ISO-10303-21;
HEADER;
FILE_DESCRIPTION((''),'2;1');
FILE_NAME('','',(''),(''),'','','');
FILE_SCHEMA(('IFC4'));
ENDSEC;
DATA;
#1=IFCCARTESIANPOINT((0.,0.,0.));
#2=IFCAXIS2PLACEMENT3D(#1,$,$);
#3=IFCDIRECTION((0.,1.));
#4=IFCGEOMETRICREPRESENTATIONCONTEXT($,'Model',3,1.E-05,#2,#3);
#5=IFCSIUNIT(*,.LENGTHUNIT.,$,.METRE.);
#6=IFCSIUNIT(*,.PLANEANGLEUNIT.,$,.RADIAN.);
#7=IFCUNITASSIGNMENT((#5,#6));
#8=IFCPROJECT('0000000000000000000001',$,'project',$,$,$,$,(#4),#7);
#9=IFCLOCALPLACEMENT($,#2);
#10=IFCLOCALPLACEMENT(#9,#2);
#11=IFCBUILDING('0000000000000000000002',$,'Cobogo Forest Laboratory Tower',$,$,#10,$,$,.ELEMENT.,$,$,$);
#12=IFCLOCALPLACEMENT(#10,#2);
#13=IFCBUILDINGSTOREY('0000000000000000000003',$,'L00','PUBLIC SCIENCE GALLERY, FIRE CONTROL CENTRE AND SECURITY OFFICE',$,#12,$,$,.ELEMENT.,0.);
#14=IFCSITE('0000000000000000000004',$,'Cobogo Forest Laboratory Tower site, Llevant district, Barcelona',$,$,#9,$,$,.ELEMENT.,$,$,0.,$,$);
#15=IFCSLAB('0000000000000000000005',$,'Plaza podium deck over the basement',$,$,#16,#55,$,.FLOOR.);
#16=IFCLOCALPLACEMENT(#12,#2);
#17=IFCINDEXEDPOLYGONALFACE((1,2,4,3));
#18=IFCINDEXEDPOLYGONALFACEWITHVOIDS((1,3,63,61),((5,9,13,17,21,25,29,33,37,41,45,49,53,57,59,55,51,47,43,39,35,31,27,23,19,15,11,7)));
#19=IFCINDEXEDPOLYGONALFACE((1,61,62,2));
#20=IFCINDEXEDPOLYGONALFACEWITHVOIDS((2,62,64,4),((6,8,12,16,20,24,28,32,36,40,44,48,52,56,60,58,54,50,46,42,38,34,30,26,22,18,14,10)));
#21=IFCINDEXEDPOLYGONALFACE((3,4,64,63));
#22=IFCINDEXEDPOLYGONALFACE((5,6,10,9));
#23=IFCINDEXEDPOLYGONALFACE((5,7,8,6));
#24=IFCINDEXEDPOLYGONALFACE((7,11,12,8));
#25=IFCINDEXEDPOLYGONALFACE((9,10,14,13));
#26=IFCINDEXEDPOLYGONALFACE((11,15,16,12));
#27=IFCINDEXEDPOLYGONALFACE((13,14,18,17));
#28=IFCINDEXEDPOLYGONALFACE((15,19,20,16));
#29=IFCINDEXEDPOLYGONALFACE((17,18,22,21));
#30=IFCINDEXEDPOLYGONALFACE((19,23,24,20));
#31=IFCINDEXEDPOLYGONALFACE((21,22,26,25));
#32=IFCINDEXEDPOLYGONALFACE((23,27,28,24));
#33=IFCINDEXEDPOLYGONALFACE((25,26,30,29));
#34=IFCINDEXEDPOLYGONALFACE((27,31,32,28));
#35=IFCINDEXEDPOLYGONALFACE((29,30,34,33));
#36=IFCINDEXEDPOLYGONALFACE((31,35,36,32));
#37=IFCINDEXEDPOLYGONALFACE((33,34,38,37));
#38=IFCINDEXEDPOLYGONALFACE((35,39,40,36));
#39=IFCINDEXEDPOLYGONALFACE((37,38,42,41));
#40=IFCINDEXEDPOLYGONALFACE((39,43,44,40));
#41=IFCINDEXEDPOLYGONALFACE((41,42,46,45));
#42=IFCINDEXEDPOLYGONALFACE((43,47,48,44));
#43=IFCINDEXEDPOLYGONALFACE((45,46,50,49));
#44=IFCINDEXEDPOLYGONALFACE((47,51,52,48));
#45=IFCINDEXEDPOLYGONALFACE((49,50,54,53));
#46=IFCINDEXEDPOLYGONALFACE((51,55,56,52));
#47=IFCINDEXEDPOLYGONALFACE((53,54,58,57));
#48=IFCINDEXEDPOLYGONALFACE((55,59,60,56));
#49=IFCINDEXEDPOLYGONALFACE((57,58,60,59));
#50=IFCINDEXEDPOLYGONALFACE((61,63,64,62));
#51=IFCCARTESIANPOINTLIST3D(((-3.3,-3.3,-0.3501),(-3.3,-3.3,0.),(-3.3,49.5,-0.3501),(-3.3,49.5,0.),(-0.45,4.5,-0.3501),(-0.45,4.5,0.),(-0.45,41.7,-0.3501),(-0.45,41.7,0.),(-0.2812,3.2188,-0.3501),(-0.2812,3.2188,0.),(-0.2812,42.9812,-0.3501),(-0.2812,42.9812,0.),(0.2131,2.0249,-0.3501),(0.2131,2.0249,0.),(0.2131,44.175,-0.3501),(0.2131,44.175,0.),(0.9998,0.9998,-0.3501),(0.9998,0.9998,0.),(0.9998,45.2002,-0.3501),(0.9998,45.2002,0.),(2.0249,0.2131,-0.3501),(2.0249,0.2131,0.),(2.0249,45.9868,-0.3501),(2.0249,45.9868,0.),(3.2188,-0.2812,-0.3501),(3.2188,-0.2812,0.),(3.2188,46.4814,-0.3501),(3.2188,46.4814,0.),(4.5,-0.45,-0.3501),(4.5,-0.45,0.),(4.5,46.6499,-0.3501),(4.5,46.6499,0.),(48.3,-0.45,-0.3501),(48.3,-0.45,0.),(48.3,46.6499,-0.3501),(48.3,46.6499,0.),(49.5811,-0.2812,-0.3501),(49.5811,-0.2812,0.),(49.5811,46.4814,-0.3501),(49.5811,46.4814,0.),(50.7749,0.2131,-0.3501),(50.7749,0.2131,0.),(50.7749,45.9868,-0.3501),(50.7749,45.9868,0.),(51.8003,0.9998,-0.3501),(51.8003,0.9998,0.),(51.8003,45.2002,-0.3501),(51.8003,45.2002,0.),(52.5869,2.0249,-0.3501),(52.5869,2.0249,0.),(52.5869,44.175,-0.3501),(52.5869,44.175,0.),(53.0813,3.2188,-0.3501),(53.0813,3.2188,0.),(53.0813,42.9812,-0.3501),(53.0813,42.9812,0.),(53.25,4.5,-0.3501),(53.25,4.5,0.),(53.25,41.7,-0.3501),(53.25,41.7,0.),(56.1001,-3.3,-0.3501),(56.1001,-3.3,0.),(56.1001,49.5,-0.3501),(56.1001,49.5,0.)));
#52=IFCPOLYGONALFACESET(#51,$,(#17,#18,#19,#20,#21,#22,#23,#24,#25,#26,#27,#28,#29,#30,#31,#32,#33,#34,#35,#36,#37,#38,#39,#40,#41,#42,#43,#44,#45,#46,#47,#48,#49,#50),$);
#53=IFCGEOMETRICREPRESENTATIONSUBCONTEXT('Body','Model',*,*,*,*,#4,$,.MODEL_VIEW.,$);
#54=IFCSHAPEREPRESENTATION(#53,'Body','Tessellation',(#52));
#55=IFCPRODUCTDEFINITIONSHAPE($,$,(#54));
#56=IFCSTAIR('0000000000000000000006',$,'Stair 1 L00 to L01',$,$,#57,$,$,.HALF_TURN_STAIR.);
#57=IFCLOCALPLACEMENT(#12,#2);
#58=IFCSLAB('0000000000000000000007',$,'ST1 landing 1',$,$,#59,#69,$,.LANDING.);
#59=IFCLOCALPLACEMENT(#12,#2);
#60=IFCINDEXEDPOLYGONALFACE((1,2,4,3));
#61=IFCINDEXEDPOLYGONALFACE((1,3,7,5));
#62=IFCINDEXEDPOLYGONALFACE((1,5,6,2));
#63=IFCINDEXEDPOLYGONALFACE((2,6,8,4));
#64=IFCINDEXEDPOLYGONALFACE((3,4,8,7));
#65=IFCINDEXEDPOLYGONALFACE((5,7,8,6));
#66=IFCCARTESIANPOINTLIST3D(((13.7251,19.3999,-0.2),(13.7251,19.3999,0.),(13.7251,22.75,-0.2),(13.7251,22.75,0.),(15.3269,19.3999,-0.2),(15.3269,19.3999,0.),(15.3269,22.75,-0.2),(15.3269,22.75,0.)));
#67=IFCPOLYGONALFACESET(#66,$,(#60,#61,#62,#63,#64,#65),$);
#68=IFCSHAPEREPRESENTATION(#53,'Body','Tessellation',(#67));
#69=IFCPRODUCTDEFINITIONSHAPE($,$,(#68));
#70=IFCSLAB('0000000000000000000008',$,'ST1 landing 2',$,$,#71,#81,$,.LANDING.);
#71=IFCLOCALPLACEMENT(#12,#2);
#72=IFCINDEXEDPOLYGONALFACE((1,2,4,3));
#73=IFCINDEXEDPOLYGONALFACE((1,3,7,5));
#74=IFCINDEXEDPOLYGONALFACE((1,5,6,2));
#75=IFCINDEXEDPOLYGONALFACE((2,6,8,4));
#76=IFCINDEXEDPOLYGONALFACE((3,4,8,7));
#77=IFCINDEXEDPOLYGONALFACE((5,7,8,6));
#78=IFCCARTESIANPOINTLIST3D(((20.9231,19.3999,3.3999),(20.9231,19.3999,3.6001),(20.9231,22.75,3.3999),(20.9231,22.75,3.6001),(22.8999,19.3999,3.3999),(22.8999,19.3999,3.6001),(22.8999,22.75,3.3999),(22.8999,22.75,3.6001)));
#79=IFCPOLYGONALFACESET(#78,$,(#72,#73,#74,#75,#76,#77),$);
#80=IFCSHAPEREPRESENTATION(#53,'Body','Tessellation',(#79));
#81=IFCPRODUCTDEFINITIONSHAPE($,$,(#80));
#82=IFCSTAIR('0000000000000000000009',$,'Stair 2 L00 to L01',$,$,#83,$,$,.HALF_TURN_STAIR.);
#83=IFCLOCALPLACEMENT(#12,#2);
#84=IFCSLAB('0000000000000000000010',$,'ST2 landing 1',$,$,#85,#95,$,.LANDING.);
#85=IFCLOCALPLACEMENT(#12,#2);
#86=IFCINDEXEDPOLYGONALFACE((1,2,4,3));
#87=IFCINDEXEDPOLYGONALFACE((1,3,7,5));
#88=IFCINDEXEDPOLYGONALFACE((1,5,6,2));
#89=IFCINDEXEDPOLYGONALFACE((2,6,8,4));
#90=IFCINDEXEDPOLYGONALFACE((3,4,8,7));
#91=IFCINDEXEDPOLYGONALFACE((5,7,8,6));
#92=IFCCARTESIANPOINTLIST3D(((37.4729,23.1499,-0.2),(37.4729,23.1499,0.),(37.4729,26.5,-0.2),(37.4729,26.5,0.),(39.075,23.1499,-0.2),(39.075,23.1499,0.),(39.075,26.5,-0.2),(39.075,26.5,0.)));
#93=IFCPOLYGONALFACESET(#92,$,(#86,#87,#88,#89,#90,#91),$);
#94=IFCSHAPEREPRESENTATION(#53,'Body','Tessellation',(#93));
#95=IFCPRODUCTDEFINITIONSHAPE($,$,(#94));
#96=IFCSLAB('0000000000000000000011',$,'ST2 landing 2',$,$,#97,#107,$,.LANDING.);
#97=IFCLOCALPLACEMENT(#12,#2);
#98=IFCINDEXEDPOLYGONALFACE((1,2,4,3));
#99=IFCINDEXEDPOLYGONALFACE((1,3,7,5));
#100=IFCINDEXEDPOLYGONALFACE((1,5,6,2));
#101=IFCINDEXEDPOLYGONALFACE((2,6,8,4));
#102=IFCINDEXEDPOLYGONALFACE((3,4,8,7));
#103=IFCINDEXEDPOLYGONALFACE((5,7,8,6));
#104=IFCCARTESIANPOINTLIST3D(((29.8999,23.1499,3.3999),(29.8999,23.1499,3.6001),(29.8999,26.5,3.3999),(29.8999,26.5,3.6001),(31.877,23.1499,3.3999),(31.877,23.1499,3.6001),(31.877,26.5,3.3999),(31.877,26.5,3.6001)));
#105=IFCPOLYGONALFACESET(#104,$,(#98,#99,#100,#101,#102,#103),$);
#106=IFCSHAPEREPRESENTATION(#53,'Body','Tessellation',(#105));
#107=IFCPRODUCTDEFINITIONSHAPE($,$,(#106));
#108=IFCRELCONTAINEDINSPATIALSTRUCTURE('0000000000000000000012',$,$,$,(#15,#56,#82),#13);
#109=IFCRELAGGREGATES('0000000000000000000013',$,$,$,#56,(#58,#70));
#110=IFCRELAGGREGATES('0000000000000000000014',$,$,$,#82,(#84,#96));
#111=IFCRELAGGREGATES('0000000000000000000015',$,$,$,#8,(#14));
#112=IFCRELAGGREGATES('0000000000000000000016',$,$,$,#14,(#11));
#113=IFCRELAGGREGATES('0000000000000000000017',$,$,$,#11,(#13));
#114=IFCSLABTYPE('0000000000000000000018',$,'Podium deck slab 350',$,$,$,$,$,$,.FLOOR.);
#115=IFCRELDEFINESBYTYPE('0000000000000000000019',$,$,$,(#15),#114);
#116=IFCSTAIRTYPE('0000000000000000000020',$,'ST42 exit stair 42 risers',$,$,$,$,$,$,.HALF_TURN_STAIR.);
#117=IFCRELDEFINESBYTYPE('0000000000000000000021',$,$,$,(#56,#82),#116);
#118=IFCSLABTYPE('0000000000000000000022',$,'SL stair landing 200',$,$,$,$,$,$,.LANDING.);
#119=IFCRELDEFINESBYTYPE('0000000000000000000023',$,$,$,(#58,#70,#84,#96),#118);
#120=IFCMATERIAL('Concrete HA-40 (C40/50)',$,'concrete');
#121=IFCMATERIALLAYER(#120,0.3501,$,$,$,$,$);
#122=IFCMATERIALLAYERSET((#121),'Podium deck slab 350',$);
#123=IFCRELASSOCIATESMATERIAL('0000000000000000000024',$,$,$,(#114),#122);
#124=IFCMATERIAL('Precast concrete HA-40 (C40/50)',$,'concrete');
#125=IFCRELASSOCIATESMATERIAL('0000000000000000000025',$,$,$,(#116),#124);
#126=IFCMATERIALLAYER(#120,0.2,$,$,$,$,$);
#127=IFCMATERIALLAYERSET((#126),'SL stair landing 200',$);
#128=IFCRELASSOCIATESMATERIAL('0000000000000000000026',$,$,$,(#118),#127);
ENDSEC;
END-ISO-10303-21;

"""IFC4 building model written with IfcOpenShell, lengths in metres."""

from ifc_helpers import new_model, si_unit, direction, frame, origin, place, context, subcontext, project, spatial, polyline, outline, extrude, material, layer, layer_set, type_object, element, aggregate, save


model = new_model("IFC4")

# Units and contexts
model_context = context("Model", 3, precision=1e-05, world=origin(), true_north=direction((0.0, 1.0)))
body_context = subcontext(model_context, "Body", "Model", "MODEL_VIEW")
ifc_project = project(units=[si_unit("LENGTHUNIT", "METRE"), si_unit("PLANEANGLEUNIT", "RADIAN")], contexts=[model_context])

# Site, building, storey
site_placement = place(None, origin())
site = spatial("IfcSite", under=ifc_project, at=site_placement, Name="Cobogo Forest Laboratory Tower site, Llevant district, Barcelona", CompositionType="ELEMENT", RefElevation=0.0)
building_placement = place(site_placement, origin())
building = spatial("IfcBuilding", under=site, at=building_placement, Name="Cobogo Forest Laboratory Tower", CompositionType="ELEMENT")
storey_placement = place(building_placement, origin())
storey = spatial("IfcBuildingStorey", under=building, at=storey_placement, Name="L00", Description="PUBLIC SCIENCE GALLERY, FIRE CONTROL CENTRE AND SECURITY OFFICE", CompositionType="ELEMENT", Elevation=0.0)

# Shared definitions
ifc_material_1 = material(Name="Concrete HA-40 (C40/50)", Category="concrete")

# Slab
ifc_layer_1 = layer(ifc_material_1, 0.3501)
ifc_layer_set_1 = layer_set([ifc_layer_1], Name="Podium deck slab 350")
slab_type_1 = type_object("IfcSlabType", Name="Podium deck slab 350", PredefinedType="FLOOR", material=ifc_layer_set_1)
slab_1_placement = place(storey_placement, frame((0.0, 0.0, -0.3501)))
element("IfcSlab", 1, at=slab_1_placement, inside=storey, type_object=slab_type_1, Name="Plaza podium deck over the basement", PredefinedType="FLOOR", context=body_context, shape_type="SweptSolid", body=[
    extrude(outline(polyline([(56.1001, -3.3), (56.1001, 49.5), (-3.3, 49.5), (-3.3, -3.3), (56.1001, -3.3)]), holes=[polyline([(48.3, -0.45), (49.5811, -0.2812), (50.7749, 0.2131), (51.8003, 0.9998), (52.5869, 2.0249), (53.0813, 3.2188), (53.25, 4.5), (53.25, 41.7), (53.0813, 42.9812), (52.5869, 44.175), (51.8003, 45.2002), (50.7749, 45.9868), (49.5811, 46.4814), (48.3, 46.6499), (4.5, 46.6499), (3.2188, 46.4814), (2.0249, 45.9868), (0.9998, 45.2002), (0.2131, 44.175), (-0.2812, 42.9812), (-0.45, 41.7), (-0.45, 4.5), (-0.2812, 3.2188), (0.2131, 2.0249), (0.9998, 0.9998), (2.0249, 0.2131), (3.2188, -0.2812), (4.5, -0.45), (48.3, -0.45)])]), origin(), (0.0, 0.0, 1.0), 0.3501),
])

# Stairs, slabs
ifc_material_2 = material(Name="Precast concrete HA-40 (C40/50)", Category="concrete")
stair_type_1 = type_object("IfcStairType", Name="ST42 exit stair 42 risers", PredefinedType="HALF_TURN_STAIR", material=ifc_material_2)
stair_1_placement = place(storey_placement, origin())
stair_1 = element("IfcStair", 2, at=stair_1_placement, inside=storey, type_object=stair_type_1, Name="Stair 1 L00 to L01", PredefinedType="HALF_TURN_STAIR")
ifc_layer_2 = layer(ifc_material_1, 0.2)
ifc_layer_set_2 = layer_set([ifc_layer_2], Name="SL stair landing 200")
slab_type_2 = type_object("IfcSlabType", Name="SL stair landing 200", PredefinedType="LANDING", material=ifc_layer_set_2)
slab_2_placement = place(storey_placement, frame((0.0, 0.0, -0.2)))
slab_2 = element("IfcSlab", 3, at=slab_2_placement, type_object=slab_type_2, Name="ST1 landing 1", PredefinedType="LANDING", context=body_context, shape_type="SweptSolid", body=[
    extrude(outline(polyline([(13.7251, 19.3999), (15.3269, 19.3999), (15.3269, 22.75), (13.7251, 22.75), (13.7251, 19.3999)])), origin(), (0.0, 0.0, 1.0), 0.2),
])
slab_3_placement = place(storey_placement, frame((0.0, 0.0, 3.3999)))
slab_3 = element("IfcSlab", 4, at=slab_3_placement, type_object=slab_type_2, Name="ST1 landing 2", PredefinedType="LANDING", context=body_context, shape_type="SweptSolid", body=[
    extrude(outline(polyline([(20.9231, 19.3999), (22.8999, 19.3999), (22.8999, 22.75), (20.9231, 22.75), (20.9231, 19.3999)])), origin(), (0.0, 0.0, 1.0), 0.2002),
])
aggregate(stair_1, [slab_2, slab_3])
stair_2_placement = place(storey_placement, origin())
stair_2 = element("IfcStair", 5, at=stair_2_placement, inside=storey, type_object=stair_type_1, Name="Stair 2 L00 to L01", PredefinedType="HALF_TURN_STAIR")
slab_4_placement = place(storey_placement, frame((0.0, 0.0, -0.2)))
slab_4 = element("IfcSlab", 6, at=slab_4_placement, type_object=slab_type_2, Name="ST2 landing 1", PredefinedType="LANDING", context=body_context, shape_type="SweptSolid", body=[
    extrude(outline(polyline([(37.4729, 23.1499), (39.075, 23.1499), (39.075, 26.5), (37.4729, 26.5), (37.4729, 23.1499)])), origin(), (0.0, 0.0, 1.0), 0.2),
])
slab_5_placement = place(storey_placement, frame((0.0, 0.0, 3.3999)))
slab_5 = element("IfcSlab", 7, at=slab_5_placement, type_object=slab_type_2, Name="ST2 landing 2", PredefinedType="LANDING", context=body_context, shape_type="SweptSolid", body=[
    extrude(outline(polyline([(29.8999, 23.1499), (31.877, 23.1499), (31.877, 26.5), (29.8999, 26.5), (29.8999, 23.1499)])), origin(), (0.0, 0.0, 1.0), 0.2002),
])
aggregate(stair_2, [slab_4, slab_5])

save(model, "model.ifc")
